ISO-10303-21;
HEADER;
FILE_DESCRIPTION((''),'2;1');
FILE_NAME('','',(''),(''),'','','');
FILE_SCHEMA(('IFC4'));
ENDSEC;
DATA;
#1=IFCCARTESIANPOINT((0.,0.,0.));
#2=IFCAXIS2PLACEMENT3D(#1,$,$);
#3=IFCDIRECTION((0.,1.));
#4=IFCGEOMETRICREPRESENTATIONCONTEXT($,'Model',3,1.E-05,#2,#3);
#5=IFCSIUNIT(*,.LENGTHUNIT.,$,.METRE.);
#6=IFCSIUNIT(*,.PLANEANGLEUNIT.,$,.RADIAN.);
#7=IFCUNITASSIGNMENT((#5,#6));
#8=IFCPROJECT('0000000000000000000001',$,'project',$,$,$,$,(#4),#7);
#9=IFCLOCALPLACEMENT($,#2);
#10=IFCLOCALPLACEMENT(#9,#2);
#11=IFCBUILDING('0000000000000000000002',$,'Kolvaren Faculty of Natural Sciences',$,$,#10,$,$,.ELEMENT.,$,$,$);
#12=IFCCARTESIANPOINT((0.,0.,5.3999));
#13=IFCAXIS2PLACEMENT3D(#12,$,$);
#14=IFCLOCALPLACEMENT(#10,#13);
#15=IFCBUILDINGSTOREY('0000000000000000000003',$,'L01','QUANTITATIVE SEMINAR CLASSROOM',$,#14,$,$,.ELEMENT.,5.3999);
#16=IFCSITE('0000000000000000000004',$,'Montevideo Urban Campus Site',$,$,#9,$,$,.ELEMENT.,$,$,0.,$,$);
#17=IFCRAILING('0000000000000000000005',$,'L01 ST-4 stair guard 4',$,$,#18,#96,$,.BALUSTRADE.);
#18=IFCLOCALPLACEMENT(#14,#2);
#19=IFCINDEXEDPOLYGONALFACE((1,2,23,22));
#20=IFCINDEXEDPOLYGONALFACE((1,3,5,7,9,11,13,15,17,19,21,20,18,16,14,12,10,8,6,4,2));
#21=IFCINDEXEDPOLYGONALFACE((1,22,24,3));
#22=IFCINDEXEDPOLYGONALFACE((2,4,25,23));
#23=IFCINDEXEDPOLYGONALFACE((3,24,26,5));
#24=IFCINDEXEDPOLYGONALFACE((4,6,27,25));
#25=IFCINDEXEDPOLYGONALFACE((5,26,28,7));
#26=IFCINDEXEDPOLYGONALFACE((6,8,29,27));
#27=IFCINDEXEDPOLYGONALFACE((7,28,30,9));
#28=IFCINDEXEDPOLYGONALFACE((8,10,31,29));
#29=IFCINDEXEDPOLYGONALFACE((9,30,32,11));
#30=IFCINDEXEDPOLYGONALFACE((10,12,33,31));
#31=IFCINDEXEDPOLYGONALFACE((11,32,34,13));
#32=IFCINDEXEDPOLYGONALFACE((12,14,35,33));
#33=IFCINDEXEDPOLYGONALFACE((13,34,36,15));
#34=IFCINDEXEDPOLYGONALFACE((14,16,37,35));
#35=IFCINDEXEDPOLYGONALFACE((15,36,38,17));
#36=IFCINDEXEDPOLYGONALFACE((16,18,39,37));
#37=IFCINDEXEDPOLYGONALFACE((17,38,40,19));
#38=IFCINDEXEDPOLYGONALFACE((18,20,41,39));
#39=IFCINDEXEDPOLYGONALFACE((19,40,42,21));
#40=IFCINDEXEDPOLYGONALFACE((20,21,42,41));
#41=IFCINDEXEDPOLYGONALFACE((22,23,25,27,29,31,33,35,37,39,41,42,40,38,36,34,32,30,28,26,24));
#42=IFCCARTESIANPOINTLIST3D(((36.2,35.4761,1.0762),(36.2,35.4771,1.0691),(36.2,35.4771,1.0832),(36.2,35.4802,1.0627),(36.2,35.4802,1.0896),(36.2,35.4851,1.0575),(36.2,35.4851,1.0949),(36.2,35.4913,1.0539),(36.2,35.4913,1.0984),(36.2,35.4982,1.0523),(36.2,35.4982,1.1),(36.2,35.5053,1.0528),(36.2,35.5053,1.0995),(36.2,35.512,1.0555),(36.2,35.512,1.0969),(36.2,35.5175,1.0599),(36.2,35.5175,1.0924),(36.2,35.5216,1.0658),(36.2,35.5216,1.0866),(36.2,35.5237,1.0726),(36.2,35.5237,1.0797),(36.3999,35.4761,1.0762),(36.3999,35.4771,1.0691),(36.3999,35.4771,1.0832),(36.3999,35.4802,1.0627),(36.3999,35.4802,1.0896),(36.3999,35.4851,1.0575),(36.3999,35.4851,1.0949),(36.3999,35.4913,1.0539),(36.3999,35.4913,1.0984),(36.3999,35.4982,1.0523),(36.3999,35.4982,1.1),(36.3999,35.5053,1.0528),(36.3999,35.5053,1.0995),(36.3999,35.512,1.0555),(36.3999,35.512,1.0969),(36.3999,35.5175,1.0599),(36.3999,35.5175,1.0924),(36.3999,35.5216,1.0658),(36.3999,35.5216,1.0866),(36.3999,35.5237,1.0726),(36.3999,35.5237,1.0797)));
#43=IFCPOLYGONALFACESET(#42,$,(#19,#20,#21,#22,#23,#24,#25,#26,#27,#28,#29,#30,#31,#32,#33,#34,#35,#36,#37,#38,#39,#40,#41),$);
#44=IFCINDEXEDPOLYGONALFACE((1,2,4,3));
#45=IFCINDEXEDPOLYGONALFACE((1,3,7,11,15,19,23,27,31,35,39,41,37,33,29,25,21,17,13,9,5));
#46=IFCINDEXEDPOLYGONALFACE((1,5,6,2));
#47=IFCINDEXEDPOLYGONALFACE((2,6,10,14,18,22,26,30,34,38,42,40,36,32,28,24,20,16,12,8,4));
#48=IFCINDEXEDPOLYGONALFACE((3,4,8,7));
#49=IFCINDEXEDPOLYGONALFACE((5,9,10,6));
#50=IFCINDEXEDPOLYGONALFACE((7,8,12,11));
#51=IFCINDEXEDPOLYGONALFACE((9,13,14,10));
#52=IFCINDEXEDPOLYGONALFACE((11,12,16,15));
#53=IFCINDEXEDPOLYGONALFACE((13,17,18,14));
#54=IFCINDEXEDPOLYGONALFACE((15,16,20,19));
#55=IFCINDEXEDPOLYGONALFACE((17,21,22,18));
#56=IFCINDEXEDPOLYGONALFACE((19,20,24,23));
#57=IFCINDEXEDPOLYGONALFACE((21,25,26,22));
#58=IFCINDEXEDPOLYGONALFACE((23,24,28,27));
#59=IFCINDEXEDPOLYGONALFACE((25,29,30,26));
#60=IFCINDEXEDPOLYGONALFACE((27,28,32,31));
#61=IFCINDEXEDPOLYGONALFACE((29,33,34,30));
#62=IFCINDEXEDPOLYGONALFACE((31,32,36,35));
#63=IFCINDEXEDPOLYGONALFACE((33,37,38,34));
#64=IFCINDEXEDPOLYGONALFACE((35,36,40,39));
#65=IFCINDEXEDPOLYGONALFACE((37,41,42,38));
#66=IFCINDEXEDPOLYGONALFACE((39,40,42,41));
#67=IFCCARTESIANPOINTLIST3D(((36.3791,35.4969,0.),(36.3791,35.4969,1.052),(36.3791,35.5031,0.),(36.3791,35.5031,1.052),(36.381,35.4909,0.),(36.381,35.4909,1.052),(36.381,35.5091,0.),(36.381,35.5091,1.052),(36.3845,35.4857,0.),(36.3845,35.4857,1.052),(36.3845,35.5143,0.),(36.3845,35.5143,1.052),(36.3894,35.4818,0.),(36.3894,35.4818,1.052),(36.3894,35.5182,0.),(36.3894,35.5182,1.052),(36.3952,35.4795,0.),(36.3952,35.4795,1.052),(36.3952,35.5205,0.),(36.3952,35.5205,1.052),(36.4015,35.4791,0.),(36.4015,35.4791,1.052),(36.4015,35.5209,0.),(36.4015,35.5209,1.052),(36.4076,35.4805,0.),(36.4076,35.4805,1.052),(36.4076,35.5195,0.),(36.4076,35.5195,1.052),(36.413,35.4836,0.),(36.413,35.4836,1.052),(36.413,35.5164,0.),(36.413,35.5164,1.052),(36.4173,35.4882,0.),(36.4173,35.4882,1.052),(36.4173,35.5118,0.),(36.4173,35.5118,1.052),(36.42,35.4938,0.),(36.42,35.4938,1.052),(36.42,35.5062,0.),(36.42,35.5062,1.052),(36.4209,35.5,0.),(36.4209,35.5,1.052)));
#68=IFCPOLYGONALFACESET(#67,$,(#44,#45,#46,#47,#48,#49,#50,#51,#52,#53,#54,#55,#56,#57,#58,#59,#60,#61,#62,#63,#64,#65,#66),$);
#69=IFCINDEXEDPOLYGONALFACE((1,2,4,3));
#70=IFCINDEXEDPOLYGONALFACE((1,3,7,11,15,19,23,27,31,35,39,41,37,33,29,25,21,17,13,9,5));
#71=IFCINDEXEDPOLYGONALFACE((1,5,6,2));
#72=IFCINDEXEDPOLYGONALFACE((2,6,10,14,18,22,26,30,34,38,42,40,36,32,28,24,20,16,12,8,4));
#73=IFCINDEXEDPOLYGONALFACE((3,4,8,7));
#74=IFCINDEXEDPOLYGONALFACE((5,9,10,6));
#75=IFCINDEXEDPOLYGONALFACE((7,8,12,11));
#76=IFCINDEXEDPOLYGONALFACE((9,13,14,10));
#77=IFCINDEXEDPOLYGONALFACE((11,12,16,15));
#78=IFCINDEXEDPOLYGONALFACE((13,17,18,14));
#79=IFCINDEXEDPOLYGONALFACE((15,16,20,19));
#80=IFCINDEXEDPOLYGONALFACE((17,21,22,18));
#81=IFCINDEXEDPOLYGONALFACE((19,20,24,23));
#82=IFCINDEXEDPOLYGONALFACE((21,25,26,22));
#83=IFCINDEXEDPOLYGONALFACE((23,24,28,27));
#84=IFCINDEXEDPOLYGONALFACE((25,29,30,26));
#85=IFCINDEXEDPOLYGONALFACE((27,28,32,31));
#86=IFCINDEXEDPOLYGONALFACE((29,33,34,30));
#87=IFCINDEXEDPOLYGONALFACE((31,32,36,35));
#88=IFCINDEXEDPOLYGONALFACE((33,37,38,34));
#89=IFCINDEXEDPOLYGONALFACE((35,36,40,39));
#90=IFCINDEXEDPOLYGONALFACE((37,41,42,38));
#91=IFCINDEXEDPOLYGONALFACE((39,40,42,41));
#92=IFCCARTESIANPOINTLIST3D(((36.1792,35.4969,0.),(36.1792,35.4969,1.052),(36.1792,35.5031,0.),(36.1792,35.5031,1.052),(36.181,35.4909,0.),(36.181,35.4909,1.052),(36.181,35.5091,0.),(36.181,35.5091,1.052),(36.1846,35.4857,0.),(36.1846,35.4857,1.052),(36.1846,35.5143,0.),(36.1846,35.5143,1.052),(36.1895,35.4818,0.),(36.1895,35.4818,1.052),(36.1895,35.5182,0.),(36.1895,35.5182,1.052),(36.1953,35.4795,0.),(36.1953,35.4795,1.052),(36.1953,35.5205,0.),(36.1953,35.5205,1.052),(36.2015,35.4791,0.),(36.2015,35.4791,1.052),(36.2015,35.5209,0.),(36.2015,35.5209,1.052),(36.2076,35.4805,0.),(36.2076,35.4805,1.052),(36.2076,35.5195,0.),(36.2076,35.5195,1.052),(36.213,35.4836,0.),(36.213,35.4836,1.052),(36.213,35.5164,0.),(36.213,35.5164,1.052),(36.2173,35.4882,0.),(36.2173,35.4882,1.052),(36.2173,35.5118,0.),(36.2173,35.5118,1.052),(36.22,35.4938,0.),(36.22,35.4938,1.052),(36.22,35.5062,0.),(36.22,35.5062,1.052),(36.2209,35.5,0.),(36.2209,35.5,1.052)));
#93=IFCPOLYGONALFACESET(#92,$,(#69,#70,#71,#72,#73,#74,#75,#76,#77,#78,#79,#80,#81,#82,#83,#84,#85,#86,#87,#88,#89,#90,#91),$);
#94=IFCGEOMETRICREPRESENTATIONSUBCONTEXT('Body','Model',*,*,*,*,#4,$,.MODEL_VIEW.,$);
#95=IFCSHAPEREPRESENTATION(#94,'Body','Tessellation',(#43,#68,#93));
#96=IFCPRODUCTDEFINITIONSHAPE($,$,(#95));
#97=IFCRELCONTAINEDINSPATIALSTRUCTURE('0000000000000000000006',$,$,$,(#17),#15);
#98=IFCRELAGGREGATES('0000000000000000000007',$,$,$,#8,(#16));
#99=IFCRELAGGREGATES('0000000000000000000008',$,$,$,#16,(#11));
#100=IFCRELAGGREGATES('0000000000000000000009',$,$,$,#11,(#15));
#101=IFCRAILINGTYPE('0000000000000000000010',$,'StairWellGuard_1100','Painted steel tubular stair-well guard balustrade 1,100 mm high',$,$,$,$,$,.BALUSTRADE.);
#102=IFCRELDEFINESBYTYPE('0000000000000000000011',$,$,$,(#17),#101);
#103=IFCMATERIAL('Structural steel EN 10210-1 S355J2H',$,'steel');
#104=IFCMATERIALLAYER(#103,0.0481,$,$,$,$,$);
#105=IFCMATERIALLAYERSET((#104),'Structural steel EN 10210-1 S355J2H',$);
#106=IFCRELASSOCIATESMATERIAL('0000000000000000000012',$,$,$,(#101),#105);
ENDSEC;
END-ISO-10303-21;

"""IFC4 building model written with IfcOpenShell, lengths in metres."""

from ifc_helpers import new_model, si_unit, direction, frame, origin, origin_2d, place, context, subcontext, project, spatial, circle, extrude, material, layer, layer_set, type_object, element, save


model = new_model("IFC4")

# Units and contexts
model_context = context("Model", 3, precision=1e-05, world=origin(), true_north=direction((0.0, 1.0)))
body_context = subcontext(model_context, "Body", "Model", "MODEL_VIEW")
ifc_project = project(units=[si_unit("LENGTHUNIT", "METRE"), si_unit("PLANEANGLEUNIT", "RADIAN")], contexts=[model_context])

# Site, building, storey
site_placement = place(None, origin())
site = spatial("IfcSite", under=ifc_project, at=site_placement, Name="Montevideo Urban Campus Site", CompositionType="ELEMENT", RefElevation=0.0)
building_placement = place(site_placement, origin())
building = spatial("IfcBuilding", under=site, at=building_placement, Name="Kolvaren Faculty of Natural Sciences", CompositionType="ELEMENT")
storey_placement = place(building_placement, frame((0.0, 0.0, 5.3999)))
storey = spatial("IfcBuildingStorey", under=building, at=storey_placement, Name="L01", Description="QUANTITATIVE SEMINAR CLASSROOM", CompositionType="ELEMENT", Elevation=5.3999)

# Railing
ifc_material_1 = material(Name="Structural steel EN 10210-1 S355J2H", Category="steel")
ifc_layer_1 = layer(ifc_material_1, 0.0481)
ifc_layer_set_1 = layer_set([ifc_layer_1], Name="Structural steel EN 10210-1 S355J2H")
railing_type_1 = type_object("IfcRailingType", Name="StairWellGuard_1100", Description="Painted steel tubular stair-well guard balustrade 1,100 mm high", PredefinedType="BALUSTRADE", material=ifc_layer_set_1)
railing_1_placement = place(storey_placement, frame((36.3999, 35.5, 0.0)))
element("IfcRailing", 1, at=railing_1_placement, inside=storey, type_object=railing_type_1, Name="L01 ST-4 stair guard 4", PredefinedType="BALUSTRADE", context=body_context, shape_type="SweptSolid", body=[
    extrude(circle(Radius=0.0239, at=origin_2d()), frame((0.0, 0.0, 1.0762), z_axis=(-1.0, 0.0, 0.0), x_axis=(0.0, -1.0, 0.0)), (0.0, 0.0, 1.0), 0.2),
    extrude(circle(Radius=0.021, at=origin_2d()), origin(), (0.0, 0.0, 1.0), 1.052),
    extrude(circle(Radius=0.021, at=origin_2d()), frame((-0.2, 0.0, 0.0)), (0.0, 0.0, 1.0), 1.052),
])

save(model, "model.ifc")
